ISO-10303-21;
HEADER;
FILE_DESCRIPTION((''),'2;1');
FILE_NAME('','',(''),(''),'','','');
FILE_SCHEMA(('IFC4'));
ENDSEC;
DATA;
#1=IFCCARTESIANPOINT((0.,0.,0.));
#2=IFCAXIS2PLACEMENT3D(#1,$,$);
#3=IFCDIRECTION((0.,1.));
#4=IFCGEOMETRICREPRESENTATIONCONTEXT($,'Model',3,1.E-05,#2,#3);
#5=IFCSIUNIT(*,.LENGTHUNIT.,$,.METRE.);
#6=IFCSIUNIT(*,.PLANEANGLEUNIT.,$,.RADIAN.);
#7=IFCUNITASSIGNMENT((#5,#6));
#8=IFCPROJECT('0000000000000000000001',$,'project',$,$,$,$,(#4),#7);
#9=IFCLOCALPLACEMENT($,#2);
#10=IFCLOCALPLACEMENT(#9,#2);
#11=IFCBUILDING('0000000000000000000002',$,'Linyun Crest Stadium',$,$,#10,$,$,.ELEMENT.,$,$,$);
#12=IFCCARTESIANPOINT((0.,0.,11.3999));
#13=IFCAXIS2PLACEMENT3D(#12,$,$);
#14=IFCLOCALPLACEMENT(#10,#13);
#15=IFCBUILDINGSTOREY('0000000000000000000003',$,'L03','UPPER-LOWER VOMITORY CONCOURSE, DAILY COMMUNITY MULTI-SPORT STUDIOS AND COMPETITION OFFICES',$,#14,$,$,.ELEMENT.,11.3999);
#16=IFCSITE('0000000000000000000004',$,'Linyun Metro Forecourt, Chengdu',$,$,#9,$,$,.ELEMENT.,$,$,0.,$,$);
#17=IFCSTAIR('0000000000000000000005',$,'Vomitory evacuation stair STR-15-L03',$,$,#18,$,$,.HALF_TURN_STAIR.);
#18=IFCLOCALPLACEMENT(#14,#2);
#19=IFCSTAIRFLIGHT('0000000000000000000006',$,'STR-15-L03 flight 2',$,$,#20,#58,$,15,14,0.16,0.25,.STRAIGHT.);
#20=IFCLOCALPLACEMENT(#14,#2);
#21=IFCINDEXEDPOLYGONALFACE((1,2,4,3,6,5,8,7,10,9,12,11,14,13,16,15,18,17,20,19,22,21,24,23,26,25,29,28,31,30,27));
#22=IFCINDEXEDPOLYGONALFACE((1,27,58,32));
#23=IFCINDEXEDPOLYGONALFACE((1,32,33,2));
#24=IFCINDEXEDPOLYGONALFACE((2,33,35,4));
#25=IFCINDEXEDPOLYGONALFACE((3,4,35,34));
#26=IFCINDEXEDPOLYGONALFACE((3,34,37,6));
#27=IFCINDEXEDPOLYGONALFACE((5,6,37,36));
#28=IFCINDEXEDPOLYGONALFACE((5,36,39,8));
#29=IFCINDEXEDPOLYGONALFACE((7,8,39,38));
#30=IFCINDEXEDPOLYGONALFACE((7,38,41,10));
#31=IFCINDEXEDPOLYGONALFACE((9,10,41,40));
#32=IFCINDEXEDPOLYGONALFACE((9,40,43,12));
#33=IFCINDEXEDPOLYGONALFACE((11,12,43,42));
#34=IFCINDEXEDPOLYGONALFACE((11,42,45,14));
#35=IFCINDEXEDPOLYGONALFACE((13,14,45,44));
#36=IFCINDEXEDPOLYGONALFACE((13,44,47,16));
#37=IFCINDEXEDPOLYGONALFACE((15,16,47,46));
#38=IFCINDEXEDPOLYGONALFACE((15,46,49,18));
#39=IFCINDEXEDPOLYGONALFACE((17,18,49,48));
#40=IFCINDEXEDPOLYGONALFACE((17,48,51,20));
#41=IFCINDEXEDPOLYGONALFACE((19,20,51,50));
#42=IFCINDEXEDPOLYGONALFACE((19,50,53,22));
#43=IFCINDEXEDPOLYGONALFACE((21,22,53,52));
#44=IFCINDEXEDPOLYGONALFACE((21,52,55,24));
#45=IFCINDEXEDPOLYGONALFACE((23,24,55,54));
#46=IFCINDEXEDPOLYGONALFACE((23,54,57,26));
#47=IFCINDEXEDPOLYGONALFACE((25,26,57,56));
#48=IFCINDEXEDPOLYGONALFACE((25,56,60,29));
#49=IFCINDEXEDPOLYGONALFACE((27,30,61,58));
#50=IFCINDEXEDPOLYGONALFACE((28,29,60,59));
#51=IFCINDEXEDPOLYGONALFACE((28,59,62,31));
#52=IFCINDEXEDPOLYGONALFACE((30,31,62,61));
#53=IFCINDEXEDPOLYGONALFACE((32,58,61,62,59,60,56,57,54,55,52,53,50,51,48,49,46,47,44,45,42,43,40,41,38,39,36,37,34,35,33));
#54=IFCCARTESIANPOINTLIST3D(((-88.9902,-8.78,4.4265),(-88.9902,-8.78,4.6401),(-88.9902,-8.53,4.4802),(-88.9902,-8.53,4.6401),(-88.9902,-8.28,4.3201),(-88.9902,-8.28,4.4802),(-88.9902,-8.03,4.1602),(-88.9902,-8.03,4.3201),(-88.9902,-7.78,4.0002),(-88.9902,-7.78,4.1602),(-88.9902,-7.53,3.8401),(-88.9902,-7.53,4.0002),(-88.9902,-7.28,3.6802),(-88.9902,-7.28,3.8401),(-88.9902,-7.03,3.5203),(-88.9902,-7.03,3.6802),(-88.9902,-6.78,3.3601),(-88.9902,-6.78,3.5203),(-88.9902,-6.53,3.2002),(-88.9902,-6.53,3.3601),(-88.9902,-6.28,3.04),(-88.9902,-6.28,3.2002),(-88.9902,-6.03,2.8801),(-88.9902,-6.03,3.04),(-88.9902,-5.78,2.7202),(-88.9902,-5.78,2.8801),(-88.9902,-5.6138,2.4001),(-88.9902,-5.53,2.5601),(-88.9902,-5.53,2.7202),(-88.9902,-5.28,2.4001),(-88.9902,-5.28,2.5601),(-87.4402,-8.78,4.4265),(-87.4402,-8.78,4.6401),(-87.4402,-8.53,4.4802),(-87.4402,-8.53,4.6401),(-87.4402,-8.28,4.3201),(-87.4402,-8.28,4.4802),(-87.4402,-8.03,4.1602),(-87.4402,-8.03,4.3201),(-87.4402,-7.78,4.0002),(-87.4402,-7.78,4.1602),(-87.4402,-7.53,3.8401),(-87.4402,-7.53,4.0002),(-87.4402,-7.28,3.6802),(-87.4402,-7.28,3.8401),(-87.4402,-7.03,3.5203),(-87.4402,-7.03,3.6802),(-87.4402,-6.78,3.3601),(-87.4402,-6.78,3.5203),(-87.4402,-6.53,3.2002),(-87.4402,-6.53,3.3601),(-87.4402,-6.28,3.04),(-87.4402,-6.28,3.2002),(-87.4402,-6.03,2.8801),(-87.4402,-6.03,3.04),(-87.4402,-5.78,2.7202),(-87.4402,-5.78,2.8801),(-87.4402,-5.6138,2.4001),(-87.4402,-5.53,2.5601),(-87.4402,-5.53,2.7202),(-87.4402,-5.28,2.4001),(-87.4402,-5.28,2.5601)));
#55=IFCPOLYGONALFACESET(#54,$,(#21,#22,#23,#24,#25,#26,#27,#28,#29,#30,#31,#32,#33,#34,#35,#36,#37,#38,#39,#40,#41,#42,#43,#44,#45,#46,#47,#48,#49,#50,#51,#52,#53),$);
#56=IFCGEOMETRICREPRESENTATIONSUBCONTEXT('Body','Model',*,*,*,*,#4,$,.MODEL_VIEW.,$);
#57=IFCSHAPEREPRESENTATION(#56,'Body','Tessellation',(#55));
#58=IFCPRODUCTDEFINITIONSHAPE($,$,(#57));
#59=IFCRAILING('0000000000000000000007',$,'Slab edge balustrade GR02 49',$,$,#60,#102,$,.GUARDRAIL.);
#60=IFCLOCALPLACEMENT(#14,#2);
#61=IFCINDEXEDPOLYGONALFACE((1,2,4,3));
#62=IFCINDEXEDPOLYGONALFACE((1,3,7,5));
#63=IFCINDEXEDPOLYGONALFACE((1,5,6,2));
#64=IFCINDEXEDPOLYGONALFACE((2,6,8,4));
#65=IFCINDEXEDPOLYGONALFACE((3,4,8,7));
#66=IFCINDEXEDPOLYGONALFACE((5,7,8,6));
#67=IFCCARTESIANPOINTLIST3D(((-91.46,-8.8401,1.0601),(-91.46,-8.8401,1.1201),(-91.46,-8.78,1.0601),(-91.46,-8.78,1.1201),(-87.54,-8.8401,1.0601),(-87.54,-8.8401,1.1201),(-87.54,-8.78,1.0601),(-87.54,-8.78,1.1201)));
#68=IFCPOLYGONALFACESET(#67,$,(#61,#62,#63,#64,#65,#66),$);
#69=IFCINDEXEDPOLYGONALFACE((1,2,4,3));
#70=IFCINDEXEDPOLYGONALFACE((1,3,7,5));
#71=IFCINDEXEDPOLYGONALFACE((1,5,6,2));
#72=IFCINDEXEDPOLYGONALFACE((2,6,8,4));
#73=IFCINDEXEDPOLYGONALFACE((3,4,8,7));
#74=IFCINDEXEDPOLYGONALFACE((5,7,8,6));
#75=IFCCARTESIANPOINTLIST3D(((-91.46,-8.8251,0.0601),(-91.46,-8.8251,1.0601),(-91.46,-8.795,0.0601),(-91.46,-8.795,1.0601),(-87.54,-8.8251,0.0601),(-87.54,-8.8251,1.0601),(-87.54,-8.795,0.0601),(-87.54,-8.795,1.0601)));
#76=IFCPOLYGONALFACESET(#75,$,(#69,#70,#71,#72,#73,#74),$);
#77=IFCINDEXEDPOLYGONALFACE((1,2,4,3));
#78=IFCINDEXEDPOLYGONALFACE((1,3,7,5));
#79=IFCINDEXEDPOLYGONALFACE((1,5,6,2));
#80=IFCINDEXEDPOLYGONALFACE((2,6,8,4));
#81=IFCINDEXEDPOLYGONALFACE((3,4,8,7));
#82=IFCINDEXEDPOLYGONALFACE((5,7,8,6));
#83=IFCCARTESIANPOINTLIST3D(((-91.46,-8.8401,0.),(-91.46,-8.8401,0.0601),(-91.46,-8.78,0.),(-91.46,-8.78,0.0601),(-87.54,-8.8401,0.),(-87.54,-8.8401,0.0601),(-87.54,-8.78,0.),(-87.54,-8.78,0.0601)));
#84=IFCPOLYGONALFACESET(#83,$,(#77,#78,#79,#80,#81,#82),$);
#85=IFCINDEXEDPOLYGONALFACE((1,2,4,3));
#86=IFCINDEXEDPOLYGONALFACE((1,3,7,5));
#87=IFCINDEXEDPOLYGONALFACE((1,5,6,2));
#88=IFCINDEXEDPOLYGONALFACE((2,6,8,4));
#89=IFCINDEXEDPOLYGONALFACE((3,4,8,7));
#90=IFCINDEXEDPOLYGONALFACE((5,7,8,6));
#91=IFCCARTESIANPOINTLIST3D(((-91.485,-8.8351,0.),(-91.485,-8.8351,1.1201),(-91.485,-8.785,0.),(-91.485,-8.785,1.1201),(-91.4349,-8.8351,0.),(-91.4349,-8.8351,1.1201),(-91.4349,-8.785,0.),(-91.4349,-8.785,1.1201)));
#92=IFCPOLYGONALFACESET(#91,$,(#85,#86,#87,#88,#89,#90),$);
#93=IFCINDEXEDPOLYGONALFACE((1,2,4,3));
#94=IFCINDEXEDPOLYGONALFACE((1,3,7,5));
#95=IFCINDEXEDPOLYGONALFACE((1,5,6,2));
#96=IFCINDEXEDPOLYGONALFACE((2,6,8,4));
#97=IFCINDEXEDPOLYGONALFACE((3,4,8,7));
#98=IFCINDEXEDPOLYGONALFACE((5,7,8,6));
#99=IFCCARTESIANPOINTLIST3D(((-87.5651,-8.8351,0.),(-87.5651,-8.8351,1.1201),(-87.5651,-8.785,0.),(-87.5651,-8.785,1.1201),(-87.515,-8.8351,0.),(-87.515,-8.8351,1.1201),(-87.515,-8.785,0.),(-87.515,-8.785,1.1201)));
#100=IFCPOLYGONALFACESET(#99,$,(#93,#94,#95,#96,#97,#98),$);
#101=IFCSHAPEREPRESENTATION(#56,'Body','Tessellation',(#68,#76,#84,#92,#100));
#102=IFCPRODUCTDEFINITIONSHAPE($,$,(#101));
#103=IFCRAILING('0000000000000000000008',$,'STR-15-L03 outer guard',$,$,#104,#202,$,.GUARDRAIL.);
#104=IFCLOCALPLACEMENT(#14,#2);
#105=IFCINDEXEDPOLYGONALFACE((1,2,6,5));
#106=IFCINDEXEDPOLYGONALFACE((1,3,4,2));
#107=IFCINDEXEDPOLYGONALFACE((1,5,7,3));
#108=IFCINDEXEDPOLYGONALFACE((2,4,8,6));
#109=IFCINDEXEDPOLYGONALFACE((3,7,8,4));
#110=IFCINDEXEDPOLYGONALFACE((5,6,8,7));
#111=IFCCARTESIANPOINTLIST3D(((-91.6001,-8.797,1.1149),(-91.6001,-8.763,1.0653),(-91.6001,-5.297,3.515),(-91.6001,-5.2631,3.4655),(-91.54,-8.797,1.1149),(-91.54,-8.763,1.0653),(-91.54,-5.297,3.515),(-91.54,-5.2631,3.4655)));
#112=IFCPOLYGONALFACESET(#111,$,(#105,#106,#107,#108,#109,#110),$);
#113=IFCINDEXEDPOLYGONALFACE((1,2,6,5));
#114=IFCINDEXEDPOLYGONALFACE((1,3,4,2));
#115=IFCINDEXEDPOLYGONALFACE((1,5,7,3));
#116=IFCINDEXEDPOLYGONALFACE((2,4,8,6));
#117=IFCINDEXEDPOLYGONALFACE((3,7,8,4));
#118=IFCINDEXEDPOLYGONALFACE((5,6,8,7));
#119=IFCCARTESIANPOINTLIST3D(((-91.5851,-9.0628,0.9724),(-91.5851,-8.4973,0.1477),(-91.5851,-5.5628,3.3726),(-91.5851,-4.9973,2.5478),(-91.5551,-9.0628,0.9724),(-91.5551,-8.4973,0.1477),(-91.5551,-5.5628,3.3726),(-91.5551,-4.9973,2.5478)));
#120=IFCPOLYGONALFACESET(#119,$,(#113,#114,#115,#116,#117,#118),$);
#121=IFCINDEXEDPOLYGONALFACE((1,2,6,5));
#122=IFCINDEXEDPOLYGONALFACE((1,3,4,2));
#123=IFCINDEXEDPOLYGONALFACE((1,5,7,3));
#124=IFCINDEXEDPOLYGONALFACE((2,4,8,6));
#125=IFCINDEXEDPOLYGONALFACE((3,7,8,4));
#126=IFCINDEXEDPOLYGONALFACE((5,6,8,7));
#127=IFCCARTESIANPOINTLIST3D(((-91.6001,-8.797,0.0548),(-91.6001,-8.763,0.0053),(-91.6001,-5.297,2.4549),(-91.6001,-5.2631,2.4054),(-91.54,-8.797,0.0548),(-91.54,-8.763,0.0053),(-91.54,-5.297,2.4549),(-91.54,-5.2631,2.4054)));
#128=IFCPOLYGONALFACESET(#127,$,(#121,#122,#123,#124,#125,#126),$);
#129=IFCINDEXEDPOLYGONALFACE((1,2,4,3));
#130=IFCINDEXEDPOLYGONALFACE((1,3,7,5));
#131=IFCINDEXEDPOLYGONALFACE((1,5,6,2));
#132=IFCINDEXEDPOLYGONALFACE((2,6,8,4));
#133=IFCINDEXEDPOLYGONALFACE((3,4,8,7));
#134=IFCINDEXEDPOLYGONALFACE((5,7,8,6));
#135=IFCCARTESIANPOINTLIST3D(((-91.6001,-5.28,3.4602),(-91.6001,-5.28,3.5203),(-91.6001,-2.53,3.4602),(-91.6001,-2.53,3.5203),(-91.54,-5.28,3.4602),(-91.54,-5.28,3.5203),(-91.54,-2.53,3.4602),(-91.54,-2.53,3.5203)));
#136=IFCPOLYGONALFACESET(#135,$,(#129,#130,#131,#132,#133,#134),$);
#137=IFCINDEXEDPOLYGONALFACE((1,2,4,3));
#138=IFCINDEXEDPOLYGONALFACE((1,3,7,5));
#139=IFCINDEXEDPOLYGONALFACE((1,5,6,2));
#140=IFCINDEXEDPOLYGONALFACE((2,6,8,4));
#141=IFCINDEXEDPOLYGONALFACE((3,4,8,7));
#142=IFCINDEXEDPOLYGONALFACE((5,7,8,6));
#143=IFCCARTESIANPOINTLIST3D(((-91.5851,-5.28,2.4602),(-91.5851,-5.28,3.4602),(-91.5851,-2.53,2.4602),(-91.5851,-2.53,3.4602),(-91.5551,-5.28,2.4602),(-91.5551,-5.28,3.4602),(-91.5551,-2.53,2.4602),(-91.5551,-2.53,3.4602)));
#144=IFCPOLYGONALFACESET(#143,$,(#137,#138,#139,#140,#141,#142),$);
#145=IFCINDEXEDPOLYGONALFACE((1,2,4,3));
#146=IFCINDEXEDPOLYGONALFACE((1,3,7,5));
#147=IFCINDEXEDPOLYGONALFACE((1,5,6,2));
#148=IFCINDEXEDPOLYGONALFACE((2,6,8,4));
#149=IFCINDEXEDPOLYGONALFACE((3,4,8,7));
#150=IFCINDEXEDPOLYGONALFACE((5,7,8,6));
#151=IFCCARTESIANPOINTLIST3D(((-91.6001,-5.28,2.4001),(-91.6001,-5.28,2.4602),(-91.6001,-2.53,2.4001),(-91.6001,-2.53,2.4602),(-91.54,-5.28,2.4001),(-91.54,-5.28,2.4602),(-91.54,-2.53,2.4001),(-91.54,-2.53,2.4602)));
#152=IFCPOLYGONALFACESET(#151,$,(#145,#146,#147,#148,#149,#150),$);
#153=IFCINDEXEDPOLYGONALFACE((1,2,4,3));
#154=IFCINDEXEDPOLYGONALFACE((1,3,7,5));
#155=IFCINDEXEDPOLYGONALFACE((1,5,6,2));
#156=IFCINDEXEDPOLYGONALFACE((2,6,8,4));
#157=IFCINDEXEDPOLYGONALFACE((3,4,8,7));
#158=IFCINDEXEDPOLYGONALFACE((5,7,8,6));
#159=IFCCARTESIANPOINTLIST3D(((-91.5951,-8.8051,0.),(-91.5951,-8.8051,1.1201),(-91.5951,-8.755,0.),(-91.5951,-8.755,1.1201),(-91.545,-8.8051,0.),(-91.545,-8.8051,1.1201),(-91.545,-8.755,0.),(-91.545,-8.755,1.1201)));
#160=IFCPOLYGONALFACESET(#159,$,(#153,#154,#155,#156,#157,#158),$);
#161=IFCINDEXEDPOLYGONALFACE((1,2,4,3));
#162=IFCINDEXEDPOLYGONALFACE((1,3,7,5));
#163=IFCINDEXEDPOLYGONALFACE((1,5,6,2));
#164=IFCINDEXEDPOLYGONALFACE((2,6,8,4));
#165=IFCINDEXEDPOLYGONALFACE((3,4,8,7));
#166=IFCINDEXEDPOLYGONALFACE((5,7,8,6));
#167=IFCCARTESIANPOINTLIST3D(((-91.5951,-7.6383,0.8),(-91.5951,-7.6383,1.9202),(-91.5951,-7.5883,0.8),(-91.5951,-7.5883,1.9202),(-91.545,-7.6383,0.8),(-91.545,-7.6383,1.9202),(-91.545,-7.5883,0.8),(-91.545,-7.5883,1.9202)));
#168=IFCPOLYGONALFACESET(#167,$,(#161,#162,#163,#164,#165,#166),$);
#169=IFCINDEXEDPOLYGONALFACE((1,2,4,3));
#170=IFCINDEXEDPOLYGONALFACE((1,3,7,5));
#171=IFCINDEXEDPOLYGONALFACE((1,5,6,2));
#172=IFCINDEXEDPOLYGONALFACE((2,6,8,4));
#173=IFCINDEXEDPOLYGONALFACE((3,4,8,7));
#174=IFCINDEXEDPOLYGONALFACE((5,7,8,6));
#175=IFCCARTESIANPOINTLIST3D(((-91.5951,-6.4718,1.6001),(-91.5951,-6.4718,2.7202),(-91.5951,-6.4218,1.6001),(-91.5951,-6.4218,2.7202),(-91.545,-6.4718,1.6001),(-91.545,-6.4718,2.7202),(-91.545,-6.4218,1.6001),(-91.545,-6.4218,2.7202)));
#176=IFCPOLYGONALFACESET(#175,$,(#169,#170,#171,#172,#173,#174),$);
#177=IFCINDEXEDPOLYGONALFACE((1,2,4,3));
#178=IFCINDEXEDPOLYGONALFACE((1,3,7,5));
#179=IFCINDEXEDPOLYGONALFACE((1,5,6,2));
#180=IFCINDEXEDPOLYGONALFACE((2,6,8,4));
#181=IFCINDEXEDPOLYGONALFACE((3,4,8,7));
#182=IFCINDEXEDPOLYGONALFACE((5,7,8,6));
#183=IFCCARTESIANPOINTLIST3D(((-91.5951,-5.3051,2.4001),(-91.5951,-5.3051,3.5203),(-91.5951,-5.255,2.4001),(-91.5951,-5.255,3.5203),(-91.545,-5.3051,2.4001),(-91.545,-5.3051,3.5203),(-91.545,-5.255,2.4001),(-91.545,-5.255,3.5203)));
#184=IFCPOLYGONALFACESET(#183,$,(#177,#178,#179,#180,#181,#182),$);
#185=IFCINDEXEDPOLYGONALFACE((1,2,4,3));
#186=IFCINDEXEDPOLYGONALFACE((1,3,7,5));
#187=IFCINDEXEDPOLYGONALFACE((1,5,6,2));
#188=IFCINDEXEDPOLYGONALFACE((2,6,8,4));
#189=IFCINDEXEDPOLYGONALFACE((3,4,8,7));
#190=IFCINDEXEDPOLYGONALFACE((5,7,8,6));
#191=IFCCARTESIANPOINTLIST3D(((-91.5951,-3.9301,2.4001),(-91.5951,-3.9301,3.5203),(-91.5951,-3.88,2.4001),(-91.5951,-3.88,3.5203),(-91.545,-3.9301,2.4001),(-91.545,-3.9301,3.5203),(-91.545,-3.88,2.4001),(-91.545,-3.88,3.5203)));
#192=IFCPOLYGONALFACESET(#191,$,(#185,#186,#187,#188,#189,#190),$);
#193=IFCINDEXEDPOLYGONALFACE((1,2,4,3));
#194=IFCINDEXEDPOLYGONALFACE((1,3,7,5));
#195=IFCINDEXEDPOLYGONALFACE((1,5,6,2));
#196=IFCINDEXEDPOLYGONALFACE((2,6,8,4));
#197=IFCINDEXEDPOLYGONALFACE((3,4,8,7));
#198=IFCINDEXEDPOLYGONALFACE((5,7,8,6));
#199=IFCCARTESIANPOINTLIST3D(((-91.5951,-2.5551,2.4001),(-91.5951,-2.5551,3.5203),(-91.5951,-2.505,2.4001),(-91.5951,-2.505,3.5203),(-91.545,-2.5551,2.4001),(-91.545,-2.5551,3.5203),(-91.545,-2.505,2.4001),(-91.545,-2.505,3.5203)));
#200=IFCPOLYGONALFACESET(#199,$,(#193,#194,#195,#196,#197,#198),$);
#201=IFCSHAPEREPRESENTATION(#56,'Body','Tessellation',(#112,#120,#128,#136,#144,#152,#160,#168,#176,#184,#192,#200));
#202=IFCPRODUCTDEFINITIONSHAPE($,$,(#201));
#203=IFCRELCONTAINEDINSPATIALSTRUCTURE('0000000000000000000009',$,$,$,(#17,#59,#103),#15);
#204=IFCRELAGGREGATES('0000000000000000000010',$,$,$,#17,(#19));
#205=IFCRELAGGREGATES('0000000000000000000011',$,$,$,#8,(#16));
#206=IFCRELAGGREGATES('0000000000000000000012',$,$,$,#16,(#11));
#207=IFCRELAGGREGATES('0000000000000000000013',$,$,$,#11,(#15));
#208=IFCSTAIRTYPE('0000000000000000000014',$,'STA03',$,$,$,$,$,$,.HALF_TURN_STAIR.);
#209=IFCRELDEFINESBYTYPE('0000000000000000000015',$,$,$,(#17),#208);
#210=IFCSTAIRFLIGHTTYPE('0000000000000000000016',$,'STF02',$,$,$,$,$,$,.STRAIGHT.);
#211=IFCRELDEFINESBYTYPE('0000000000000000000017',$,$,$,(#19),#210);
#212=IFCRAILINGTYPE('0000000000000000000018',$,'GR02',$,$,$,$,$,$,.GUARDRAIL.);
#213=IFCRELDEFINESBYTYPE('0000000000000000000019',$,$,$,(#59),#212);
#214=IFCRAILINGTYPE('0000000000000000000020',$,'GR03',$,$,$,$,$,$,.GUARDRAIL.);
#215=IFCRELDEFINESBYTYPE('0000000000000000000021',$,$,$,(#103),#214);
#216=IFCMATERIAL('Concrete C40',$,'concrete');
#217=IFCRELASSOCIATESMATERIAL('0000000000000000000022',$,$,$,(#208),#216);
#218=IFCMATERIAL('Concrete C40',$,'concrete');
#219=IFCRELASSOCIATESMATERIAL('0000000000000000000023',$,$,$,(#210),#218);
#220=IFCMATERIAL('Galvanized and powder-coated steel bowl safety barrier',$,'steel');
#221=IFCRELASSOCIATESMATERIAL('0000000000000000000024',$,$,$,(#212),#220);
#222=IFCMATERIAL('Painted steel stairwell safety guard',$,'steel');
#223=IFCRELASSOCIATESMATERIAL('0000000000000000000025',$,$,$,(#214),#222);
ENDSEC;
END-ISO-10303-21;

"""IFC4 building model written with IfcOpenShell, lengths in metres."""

from ifc_helpers import new_model, si_unit, direction, frame, origin, origin_2d, place, context, subcontext, project, spatial, polyline, rectangle, outline, extrude, material, type_object, element, aggregate, save


model = new_model("IFC4")

# Units and contexts
model_context = context("Model", 3, precision=1e-05, world=origin(), true_north=direction((0.0, 1.0)))
body_context = subcontext(model_context, "Body", "Model", "MODEL_VIEW")
ifc_project = project(units=[si_unit("LENGTHUNIT", "METRE"), si_unit("PLANEANGLEUNIT", "RADIAN")], contexts=[model_context])

# Site, building, storey
site_placement = place(None, origin())
site = spatial("IfcSite", under=ifc_project, at=site_placement, Name="Linyun Metro Forecourt, Chengdu", CompositionType="ELEMENT", RefElevation=0.0)
building_placement = place(site_placement, origin())
building = spatial("IfcBuilding", under=site, at=building_placement, Name="Linyun Crest Stadium", CompositionType="ELEMENT")
storey_placement = place(building_placement, frame((0.0, 0.0, 11.3999)))
storey = spatial("IfcBuildingStorey", under=building, at=storey_placement, Name="L03", Description="UPPER-LOWER VOMITORY CONCOURSE, DAILY COMMUNITY MULTI-SPORT STUDIOS AND COMPETITION OFFICES", CompositionType="ELEMENT", Elevation=11.3999)

# Stair, stair flight
ifc_material_1 = material(Name="Concrete C40", Category="concrete")
stair_type = type_object("IfcStairType", Name="STA03", PredefinedType="HALF_TURN_STAIR", material=ifc_material_1)
stair_placement = place(storey_placement, origin())
stair = element("IfcStair", 1, at=stair_placement, inside=storey, type_object=stair_type, Name="Vomitory evacuation stair STR-15-L03", PredefinedType="HALF_TURN_STAIR")
ifc_material_2 = material(Name="Concrete C40", Category="concrete")
stair_flight_type = type_object("IfcStairFlightType", Name="STF02", PredefinedType="STRAIGHT", material=ifc_material_2)
stair_flight_1_placement = place(storey_placement, frame((-88.2151, -5.28, 2.4001), z_axis=(0.0, 0.0, 1.0), x_axis=(0.0, -1.0, 0.0)))
stair_flight_1 = element("IfcStairFlight", 2, at=stair_flight_1_placement, type_object=stair_flight_type, Name="STR-15-L03 flight 2", NumberOfRisers=15, NumberOfTreads=14, PredefinedType="STRAIGHT", RiserHeight=0.16, TreadLength=0.25, context=body_context, shape_type="SweptSolid", body=[
    extrude(outline(polyline([(0.0, 0.0), (0.0, 0.1599), (0.25, 0.1599), (0.25, 0.3201), (0.5, 0.3201), (0.5, 0.48), (0.75, 0.48), (0.75, 0.6399), (1.0, 0.6399), (1.0, 0.8), (1.25, 0.8), (1.25, 0.96), (1.5, 0.96), (1.5, 1.1201), (1.75, 1.1201), (1.75, 1.28), (2.0, 1.28), (2.0, 1.4399), (2.25, 1.4399), (2.25, 1.6001), (2.5, 1.6001), (2.5, 1.76), (2.75, 1.76), (2.75, 1.9199), (3.0, 1.9199), (3.0, 2.0801), (3.25, 2.0801), (3.25, 2.24), (3.5, 2.24), (3.5, 2.3999), (3.5, 2.0264), (0.3337, 0.0), (0.0, 0.0)])), frame((0.0, 0.7749, 0.0), z_axis=(0.0, -1.0, 0.0), x_axis=(1.0, 0.0, 0.0)), (0.0, 0.0, 1.0), 1.55),
])
aggregate(stair, [stair_flight_1])

# Railings
ifc_material_3 = material(Name="Galvanized and powder-coated steel bowl safety barrier", Category="steel")
railing_type_1 = type_object("IfcRailingType", Name="GR02", PredefinedType="GUARDRAIL", material=ifc_material_3)
railing_1_placement = place(storey_placement, frame((-91.46, -8.8101, 0.0)))
element("IfcRailing", 3, at=railing_1_placement, inside=storey, type_object=railing_type_1, Name="Slab edge balustrade GR02 49", PredefinedType="GUARDRAIL", context=body_context, shape_type="SweptSolid", body=[
    extrude(rectangle(XDim=0.0601, YDim=0.0601, at=origin_2d()), frame((0.0, 0.0, 1.0901), z_axis=(1.0, 0.0, 0.0), x_axis=(0.0, 1.0, 0.0)), (0.0, 0.0, 1.0), 3.9199),
    extrude(rectangle(XDim=0.03, YDim=1.0, at=origin_2d()), frame((0.0, 0.0, 0.5601), z_axis=(1.0, 0.0, 0.0), x_axis=(0.0, 1.0, 0.0)), (0.0, 0.0, 1.0), 3.9199),
    extrude(rectangle(XDim=0.0601, YDim=0.0601, at=origin_2d()), frame((0.0, 0.0, 0.03), z_axis=(1.0, 0.0, 0.0), x_axis=(0.0, 1.0, 0.0)), (0.0, 0.0, 1.0), 3.9199),
    extrude(rectangle(XDim=0.05, YDim=0.05, at=origin_2d()), origin(), (0.0, 0.0, 1.0), 1.1201),
    extrude(rectangle(XDim=0.05, YDim=0.05, at=origin_2d()), frame((3.9199, 0.0, 0.0)), (0.0, 0.0, 1.0), 1.1201),
])
ifc_material_4 = material(Name="Painted steel stairwell safety guard", Category="steel")
railing_type_2 = type_object("IfcRailingType", Name="GR03", PredefinedType="GUARDRAIL", material=ifc_material_4)
railing_2_placement = place(storey_placement, frame((-91.5701, -8.78, 0.0)))
element("IfcRailing", 4, at=railing_2_placement, inside=storey, type_object=railing_type_2, Name="STR-15-L03 outer guard", PredefinedType="GUARDRAIL", context=body_context, shape_type="SweptSolid", body=[
    extrude(rectangle(XDim=0.0601, YDim=0.0601, at=origin_2d()), frame((0.0, 0.0, 1.0901), z_axis=(0.0, 0.824713, 0.565552), x_axis=(-1.0, 0.0, 0.0)), (0.0, 0.0, 1.0), 4.2439),
    extrude(rectangle(XDim=0.03, YDim=1.0, at=origin_2d()), frame((0.0, 0.0, 0.5601), z_axis=(0.0, 0.824713, 0.565552), x_axis=(-1.0, 0.0, 0.0)), (0.0, 0.0, 1.0), 4.2439),
    extrude(rectangle(XDim=0.0601, YDim=0.0601, at=origin_2d()), frame((0.0, 0.0, 0.03), z_axis=(0.0, 0.824713, 0.565552), x_axis=(-1.0, 0.0, 0.0)), (0.0, 0.0, 1.0), 4.2439),
    extrude(rectangle(XDim=0.0601, YDim=0.0601, at=origin_2d()), frame((0.0, 3.5, 3.4902), z_axis=(0.0, 1.0, 0.0), x_axis=(-1.0, 0.0, 0.0)), (0.0, 0.0, 1.0), 2.75),
    extrude(rectangle(XDim=0.03, YDim=1.0, at=origin_2d()), frame((0.0, 3.5, 2.9602), z_axis=(0.0, 1.0, 0.0), x_axis=(-1.0, 0.0, 0.0)), (0.0, 0.0, 1.0), 2.75),
    extrude(rectangle(XDim=0.0601, YDim=0.0601, at=origin_2d()), frame((0.0, 3.5, 2.4302), z_axis=(0.0, 1.0, 0.0), x_axis=(-1.0, 0.0, 0.0)), (0.0, 0.0, 1.0), 2.75),
    extrude(rectangle(XDim=0.05, YDim=0.05, at=origin_2d()), origin(), (0.0, 0.0, 1.0), 1.1201),
    extrude(rectangle(XDim=0.05, YDim=0.05, at=origin_2d()), frame((0.0, 1.1667, 0.8)), (0.0, 0.0, 1.0), 1.1201),
    extrude(rectangle(XDim=0.05, YDim=0.05, at=origin_2d()), frame((0.0, 2.3333, 1.6001)), (0.0, 0.0, 1.0), 1.1201),
    extrude(rectangle(XDim=0.05, YDim=0.05, at=origin_2d()), frame((0.0, 3.5, 2.4001)), (0.0, 0.0, 1.0), 1.1201),
    extrude(rectangle(XDim=0.05, YDim=0.05, at=origin_2d()), frame((0.0, 4.875, 2.4001)), (0.0, 0.0, 1.0), 1.1201),
    extrude(rectangle(XDim=0.05, YDim=0.05, at=origin_2d()), frame((0.0, 6.25, 2.4001)), (0.0, 0.0, 1.0), 1.1201),
])

save(model, "model.ifc")
